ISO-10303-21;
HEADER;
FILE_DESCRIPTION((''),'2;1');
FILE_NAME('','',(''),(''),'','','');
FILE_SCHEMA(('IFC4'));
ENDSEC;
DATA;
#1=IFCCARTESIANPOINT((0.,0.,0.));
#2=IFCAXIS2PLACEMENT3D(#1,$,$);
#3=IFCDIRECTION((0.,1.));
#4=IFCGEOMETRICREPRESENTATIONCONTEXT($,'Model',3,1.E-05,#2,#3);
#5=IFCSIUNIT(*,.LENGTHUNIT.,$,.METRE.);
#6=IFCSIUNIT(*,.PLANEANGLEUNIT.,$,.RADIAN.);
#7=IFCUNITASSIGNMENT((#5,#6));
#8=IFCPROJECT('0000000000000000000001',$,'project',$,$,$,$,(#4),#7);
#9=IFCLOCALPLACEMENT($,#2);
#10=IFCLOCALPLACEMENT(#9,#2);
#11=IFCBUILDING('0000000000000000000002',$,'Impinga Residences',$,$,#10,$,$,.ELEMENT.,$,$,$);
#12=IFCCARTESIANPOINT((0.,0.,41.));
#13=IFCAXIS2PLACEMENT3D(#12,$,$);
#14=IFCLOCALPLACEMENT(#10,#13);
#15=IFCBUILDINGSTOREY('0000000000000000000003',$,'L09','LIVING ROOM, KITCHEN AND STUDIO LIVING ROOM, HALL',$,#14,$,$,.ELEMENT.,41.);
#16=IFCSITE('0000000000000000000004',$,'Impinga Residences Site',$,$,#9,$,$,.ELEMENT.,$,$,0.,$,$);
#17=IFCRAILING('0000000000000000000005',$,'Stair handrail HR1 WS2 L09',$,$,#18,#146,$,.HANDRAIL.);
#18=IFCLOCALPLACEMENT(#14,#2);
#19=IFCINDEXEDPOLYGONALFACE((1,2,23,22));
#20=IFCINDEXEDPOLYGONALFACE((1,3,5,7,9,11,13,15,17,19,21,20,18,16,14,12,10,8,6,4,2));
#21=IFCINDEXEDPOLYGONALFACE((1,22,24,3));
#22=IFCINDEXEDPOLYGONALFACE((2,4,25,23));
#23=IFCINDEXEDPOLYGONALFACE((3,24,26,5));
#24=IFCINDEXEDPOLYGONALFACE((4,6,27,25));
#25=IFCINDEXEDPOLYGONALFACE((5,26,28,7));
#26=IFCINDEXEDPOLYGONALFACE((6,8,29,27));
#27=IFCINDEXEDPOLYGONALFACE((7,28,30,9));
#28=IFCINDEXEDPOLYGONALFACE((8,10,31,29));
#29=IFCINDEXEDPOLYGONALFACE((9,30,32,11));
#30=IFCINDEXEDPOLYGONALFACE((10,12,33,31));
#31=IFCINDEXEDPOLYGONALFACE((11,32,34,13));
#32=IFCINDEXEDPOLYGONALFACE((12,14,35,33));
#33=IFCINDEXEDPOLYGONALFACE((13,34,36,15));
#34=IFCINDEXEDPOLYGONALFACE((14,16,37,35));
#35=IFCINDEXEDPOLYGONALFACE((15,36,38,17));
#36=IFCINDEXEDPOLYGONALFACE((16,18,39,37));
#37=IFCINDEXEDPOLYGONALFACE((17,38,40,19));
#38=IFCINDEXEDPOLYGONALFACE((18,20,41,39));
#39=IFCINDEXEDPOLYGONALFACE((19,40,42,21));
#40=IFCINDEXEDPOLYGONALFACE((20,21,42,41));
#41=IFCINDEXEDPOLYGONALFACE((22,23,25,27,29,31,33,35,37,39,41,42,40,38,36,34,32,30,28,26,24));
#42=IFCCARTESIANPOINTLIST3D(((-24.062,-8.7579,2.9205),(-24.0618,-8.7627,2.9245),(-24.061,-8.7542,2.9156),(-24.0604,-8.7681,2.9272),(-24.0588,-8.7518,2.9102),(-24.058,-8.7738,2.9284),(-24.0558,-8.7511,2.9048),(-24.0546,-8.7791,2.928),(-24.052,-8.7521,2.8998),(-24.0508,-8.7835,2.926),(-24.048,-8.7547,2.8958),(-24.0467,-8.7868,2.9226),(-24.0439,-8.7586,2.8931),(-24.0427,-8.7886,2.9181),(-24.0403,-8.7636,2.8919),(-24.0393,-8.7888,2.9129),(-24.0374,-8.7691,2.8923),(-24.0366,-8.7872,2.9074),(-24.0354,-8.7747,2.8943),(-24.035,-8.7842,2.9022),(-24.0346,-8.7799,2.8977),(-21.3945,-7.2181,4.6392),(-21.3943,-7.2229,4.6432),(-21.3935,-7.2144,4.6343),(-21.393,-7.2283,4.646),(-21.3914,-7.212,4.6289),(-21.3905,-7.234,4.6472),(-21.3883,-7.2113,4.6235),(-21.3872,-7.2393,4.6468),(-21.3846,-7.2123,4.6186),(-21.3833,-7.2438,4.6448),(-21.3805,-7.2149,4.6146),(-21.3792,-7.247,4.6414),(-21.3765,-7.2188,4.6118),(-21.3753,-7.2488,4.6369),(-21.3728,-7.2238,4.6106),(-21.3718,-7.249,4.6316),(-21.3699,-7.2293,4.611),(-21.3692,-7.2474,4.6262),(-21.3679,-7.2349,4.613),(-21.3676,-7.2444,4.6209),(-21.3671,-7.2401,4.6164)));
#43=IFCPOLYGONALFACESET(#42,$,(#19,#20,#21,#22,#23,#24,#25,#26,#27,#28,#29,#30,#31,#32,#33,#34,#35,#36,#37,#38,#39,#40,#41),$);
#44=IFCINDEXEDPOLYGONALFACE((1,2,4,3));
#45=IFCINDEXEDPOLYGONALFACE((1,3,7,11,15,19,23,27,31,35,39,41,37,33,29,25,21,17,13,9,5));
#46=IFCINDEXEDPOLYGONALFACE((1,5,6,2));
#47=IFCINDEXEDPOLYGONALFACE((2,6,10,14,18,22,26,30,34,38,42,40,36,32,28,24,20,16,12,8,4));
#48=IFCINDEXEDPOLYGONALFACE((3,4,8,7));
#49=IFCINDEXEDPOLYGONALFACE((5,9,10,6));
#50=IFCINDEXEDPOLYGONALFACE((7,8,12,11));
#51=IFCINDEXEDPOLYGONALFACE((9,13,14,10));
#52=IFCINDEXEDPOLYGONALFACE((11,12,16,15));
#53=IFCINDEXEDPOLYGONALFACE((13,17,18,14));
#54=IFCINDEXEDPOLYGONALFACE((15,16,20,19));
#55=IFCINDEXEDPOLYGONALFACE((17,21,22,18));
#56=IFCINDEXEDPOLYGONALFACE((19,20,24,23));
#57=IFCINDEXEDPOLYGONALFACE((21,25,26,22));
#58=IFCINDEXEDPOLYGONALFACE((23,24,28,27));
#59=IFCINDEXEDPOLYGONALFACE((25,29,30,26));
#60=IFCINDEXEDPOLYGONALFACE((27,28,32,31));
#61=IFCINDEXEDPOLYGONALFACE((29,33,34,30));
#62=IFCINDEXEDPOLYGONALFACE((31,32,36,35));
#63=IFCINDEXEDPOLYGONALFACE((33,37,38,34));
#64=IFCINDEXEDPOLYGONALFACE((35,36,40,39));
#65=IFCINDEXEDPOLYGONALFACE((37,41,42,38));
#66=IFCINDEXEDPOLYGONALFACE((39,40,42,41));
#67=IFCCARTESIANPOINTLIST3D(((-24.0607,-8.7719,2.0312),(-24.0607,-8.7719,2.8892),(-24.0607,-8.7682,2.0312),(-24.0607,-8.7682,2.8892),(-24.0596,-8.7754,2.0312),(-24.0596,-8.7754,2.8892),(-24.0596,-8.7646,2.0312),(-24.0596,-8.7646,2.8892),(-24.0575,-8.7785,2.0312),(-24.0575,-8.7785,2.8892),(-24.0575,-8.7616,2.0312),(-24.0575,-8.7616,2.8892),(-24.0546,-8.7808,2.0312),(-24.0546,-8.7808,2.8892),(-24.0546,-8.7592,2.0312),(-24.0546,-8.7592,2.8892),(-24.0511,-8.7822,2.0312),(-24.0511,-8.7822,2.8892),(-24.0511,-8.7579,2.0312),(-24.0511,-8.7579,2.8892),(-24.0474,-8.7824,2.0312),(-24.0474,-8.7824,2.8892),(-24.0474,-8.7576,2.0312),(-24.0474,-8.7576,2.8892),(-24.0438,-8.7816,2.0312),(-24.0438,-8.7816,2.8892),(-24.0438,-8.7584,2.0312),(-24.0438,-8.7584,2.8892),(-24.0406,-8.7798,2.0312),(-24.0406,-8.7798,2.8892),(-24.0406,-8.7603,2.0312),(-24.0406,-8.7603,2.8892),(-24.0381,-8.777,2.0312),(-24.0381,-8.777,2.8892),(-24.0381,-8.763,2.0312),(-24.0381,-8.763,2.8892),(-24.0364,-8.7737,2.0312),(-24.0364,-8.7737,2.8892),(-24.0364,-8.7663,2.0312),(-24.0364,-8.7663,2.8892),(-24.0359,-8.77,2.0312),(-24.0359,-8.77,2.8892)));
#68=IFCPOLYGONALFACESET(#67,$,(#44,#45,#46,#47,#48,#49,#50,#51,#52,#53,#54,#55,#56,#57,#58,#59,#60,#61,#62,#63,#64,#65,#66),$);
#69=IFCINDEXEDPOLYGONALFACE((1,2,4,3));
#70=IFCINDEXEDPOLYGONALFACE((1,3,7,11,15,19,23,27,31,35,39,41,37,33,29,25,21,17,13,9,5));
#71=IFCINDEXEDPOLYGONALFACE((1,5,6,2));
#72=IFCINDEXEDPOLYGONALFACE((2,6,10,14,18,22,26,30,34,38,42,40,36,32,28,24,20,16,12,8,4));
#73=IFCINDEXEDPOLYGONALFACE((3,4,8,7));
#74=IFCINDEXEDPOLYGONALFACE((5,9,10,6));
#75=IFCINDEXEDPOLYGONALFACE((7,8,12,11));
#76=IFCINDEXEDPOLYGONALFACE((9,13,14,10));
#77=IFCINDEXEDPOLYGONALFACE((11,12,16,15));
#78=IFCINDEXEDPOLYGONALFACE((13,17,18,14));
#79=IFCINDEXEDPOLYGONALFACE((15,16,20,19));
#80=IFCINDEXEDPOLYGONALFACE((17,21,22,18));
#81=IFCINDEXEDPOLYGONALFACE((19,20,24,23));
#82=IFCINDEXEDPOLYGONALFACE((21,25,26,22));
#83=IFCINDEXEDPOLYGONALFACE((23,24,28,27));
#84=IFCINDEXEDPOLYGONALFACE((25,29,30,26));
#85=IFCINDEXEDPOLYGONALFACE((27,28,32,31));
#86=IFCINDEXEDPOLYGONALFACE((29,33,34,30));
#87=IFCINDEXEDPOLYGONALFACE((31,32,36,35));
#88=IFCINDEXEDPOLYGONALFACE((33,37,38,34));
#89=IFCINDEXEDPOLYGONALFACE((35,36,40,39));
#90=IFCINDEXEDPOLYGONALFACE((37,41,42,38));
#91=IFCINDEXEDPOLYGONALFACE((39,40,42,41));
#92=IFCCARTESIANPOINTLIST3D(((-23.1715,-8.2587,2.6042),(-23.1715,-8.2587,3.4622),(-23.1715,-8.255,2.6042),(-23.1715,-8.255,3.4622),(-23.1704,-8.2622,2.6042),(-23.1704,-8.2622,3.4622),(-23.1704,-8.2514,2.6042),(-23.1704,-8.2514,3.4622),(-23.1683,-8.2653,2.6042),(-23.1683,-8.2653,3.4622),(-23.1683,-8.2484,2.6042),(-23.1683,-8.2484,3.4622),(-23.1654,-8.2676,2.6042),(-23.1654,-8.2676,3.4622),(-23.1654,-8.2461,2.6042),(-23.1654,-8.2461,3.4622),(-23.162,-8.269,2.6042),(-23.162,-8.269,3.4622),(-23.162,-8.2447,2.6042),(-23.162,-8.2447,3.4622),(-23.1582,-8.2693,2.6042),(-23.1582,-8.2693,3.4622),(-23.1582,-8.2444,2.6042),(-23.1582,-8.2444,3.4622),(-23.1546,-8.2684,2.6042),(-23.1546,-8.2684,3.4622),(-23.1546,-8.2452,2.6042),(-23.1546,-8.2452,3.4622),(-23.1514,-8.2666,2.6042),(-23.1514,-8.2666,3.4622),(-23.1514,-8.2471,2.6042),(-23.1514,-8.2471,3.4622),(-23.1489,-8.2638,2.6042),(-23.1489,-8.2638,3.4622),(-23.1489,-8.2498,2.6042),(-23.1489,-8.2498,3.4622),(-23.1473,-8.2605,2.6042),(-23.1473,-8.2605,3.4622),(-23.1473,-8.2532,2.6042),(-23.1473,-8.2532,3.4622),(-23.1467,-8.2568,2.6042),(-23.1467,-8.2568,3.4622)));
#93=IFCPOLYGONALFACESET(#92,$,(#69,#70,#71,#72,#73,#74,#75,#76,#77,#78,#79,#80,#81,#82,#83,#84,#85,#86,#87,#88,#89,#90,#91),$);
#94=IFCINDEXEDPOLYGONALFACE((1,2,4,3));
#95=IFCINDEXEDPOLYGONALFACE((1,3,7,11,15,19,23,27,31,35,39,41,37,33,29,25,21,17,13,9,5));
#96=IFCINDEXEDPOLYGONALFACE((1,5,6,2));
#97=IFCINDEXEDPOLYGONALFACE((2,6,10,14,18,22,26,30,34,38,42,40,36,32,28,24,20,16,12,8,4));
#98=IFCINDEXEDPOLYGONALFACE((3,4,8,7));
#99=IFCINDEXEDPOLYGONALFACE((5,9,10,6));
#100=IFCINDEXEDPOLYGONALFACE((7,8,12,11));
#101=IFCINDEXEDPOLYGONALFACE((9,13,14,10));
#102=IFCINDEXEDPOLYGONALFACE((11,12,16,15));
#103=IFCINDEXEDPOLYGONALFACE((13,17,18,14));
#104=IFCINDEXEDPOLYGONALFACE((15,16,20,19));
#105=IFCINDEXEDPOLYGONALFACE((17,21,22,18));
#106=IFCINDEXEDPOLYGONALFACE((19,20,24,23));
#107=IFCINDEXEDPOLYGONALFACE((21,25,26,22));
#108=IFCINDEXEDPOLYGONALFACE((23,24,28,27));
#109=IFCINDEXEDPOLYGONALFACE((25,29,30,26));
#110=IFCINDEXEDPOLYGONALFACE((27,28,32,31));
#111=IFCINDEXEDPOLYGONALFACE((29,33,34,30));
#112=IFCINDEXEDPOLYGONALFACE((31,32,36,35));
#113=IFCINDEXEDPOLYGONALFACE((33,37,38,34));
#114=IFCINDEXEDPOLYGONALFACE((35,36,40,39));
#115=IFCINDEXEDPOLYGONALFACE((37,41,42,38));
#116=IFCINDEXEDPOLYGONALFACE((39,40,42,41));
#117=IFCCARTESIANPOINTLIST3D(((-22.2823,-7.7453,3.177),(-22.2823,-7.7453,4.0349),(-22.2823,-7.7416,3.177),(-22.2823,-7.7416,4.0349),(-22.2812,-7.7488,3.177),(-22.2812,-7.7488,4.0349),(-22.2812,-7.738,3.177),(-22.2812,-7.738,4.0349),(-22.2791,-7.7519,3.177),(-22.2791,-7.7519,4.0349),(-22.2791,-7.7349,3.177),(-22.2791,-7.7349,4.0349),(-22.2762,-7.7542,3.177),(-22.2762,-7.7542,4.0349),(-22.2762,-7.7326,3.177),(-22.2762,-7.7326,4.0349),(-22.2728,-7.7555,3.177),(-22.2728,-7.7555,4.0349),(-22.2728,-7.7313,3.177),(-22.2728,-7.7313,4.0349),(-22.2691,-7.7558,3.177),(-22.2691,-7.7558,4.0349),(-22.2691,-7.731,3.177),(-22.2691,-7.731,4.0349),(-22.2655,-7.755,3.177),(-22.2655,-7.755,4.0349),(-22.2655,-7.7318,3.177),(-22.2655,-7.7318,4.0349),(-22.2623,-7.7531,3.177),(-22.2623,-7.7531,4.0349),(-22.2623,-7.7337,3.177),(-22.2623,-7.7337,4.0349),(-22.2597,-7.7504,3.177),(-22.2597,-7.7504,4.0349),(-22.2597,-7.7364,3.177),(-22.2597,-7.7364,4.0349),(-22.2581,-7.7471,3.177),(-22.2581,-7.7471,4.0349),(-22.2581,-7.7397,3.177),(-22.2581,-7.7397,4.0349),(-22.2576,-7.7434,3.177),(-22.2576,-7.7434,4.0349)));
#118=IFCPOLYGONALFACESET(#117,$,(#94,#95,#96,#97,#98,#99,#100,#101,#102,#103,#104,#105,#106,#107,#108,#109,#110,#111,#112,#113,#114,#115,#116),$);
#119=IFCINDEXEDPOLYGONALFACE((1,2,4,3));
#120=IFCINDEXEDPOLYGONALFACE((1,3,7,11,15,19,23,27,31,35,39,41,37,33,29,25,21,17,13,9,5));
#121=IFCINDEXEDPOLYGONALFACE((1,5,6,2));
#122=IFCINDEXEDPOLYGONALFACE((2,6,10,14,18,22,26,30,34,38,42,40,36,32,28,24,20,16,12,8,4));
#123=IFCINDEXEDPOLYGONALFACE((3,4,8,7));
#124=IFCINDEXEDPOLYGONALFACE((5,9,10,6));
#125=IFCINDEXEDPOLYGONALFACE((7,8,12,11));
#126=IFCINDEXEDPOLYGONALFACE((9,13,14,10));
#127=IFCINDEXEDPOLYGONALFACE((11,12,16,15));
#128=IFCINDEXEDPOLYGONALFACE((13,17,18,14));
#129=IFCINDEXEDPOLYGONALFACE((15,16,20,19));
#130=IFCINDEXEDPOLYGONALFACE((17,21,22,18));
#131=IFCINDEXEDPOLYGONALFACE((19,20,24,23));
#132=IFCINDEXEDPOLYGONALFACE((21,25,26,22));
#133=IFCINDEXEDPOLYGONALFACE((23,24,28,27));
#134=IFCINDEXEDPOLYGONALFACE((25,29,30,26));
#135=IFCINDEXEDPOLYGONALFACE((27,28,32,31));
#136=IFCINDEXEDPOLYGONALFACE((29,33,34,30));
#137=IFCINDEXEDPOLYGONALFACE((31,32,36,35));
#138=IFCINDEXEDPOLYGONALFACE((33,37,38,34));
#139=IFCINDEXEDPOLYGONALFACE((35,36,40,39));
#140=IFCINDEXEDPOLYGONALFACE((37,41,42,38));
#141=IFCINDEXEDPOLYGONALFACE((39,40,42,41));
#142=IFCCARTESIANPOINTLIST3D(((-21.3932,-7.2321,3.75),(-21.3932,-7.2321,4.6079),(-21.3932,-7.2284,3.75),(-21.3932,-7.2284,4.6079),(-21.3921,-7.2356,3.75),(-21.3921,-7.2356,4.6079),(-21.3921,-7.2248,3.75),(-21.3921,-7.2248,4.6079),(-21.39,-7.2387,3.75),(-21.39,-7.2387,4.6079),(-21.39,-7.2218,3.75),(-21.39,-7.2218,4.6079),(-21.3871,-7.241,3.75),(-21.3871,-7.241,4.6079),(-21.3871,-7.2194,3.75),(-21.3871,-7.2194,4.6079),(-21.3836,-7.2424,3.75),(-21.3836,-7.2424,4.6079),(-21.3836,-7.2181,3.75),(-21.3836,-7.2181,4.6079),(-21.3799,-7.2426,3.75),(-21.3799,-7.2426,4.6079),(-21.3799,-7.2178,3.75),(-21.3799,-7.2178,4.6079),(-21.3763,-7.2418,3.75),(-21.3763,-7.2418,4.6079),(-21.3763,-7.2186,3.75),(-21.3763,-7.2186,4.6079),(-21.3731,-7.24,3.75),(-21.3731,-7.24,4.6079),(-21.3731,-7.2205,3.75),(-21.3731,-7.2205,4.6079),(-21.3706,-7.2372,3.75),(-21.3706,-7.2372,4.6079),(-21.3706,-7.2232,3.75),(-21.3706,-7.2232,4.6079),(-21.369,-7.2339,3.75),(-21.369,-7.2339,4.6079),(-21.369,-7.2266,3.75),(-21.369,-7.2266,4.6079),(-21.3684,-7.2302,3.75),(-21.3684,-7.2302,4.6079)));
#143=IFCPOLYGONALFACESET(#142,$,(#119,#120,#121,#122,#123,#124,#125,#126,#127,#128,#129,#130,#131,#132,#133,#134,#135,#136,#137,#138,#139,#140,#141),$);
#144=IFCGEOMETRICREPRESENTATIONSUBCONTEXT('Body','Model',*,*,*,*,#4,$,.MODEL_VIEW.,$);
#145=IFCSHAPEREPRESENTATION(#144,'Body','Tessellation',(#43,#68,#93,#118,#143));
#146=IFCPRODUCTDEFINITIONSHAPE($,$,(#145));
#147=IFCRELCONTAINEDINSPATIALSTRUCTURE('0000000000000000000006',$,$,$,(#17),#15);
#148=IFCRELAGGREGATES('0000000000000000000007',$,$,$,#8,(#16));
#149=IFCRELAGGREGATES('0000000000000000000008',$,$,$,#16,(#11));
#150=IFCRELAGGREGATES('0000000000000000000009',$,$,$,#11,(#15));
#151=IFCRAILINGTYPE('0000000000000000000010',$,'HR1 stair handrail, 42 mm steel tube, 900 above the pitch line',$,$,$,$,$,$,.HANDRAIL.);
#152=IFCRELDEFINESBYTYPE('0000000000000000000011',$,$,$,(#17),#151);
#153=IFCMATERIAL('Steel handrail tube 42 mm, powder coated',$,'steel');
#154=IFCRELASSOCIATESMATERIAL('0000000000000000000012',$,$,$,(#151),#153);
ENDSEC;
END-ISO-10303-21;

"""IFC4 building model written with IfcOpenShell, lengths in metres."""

from ifc_helpers import new_model, si_unit, direction, frame, origin, origin_2d, place, context, subcontext, project, spatial, circle, extrude, material, type_object, element, save


model = new_model("IFC4")

# Units and contexts
model_context = context("Model", 3, precision=1e-05, world=origin(), true_north=direction((0.0, 1.0)))
body_context = subcontext(model_context, "Body", "Model", "MODEL_VIEW")
ifc_project = project(units=[si_unit("LENGTHUNIT", "METRE"), si_unit("PLANEANGLEUNIT", "RADIAN")], contexts=[model_context])

# Site, building, storey
site_placement = place(None, origin())
site = spatial("IfcSite", under=ifc_project, at=site_placement, Name="Impinga Residences Site", CompositionType="ELEMENT", RefElevation=0.0)
building_placement = place(site_placement, origin())
building = spatial("IfcBuilding", under=site, at=building_placement, Name="Impinga Residences", CompositionType="ELEMENT")
storey_placement = place(building_placement, frame((0.0, 0.0, 41.0)))
storey = spatial("IfcBuildingStorey", under=building, at=storey_placement, Name="L09", Description="LIVING ROOM, KITCHEN AND STUDIO LIVING ROOM, HALL", CompositionType="ELEMENT", Elevation=41.0)

# Railing
ifc_material_1 = material(Name="Steel handrail tube 42 mm, powder coated", Category="steel")
railing_type_1 = type_object("IfcRailingType", Name="HR1 stair handrail, 42 mm steel tube, 900 above the pitch line", PredefinedType="HANDRAIL", material=ifc_material_1)
railing_1_placement = place(storey_placement, frame((-24.0483, -8.77, 2.0312)))
element("IfcRailing", 1, at=railing_1_placement, inside=storey, type_object=railing_type_1, Name="Stair handrail HR1 WS2 L09", PredefinedType="HANDRAIL", context=body_context, shape_type="SweptSolid", body=[
    extrude(circle(Radius=0.021, at=origin_2d()), frame((0.0, 0.0, 0.8789), z_axis=(0.756279, 0.43656, 0.487297), x_axis=(-0.499933, 0.866064, 0.0)), (0.0, 0.0, 1.0), 3.5271),
    extrude(circle(Radius=0.0125, at=origin_2d()), origin(), (0.0, 0.0, 1.0), 0.8579),
    extrude(circle(Radius=0.0125, at=origin_2d()), frame((0.8892, 0.5132, 0.573)), (0.0, 0.0, 1.0), 0.8579),
    extrude(circle(Radius=0.0125, at=origin_2d()), frame((1.7783, 1.0266, 1.1458)), (0.0, 0.0, 1.0), 0.8579),
    extrude(circle(Radius=0.0125, at=origin_2d()), frame((2.6675, 1.5398, 1.7188)), (0.0, 0.0, 1.0), 0.8579),
])

save(model, "model.ifc")
